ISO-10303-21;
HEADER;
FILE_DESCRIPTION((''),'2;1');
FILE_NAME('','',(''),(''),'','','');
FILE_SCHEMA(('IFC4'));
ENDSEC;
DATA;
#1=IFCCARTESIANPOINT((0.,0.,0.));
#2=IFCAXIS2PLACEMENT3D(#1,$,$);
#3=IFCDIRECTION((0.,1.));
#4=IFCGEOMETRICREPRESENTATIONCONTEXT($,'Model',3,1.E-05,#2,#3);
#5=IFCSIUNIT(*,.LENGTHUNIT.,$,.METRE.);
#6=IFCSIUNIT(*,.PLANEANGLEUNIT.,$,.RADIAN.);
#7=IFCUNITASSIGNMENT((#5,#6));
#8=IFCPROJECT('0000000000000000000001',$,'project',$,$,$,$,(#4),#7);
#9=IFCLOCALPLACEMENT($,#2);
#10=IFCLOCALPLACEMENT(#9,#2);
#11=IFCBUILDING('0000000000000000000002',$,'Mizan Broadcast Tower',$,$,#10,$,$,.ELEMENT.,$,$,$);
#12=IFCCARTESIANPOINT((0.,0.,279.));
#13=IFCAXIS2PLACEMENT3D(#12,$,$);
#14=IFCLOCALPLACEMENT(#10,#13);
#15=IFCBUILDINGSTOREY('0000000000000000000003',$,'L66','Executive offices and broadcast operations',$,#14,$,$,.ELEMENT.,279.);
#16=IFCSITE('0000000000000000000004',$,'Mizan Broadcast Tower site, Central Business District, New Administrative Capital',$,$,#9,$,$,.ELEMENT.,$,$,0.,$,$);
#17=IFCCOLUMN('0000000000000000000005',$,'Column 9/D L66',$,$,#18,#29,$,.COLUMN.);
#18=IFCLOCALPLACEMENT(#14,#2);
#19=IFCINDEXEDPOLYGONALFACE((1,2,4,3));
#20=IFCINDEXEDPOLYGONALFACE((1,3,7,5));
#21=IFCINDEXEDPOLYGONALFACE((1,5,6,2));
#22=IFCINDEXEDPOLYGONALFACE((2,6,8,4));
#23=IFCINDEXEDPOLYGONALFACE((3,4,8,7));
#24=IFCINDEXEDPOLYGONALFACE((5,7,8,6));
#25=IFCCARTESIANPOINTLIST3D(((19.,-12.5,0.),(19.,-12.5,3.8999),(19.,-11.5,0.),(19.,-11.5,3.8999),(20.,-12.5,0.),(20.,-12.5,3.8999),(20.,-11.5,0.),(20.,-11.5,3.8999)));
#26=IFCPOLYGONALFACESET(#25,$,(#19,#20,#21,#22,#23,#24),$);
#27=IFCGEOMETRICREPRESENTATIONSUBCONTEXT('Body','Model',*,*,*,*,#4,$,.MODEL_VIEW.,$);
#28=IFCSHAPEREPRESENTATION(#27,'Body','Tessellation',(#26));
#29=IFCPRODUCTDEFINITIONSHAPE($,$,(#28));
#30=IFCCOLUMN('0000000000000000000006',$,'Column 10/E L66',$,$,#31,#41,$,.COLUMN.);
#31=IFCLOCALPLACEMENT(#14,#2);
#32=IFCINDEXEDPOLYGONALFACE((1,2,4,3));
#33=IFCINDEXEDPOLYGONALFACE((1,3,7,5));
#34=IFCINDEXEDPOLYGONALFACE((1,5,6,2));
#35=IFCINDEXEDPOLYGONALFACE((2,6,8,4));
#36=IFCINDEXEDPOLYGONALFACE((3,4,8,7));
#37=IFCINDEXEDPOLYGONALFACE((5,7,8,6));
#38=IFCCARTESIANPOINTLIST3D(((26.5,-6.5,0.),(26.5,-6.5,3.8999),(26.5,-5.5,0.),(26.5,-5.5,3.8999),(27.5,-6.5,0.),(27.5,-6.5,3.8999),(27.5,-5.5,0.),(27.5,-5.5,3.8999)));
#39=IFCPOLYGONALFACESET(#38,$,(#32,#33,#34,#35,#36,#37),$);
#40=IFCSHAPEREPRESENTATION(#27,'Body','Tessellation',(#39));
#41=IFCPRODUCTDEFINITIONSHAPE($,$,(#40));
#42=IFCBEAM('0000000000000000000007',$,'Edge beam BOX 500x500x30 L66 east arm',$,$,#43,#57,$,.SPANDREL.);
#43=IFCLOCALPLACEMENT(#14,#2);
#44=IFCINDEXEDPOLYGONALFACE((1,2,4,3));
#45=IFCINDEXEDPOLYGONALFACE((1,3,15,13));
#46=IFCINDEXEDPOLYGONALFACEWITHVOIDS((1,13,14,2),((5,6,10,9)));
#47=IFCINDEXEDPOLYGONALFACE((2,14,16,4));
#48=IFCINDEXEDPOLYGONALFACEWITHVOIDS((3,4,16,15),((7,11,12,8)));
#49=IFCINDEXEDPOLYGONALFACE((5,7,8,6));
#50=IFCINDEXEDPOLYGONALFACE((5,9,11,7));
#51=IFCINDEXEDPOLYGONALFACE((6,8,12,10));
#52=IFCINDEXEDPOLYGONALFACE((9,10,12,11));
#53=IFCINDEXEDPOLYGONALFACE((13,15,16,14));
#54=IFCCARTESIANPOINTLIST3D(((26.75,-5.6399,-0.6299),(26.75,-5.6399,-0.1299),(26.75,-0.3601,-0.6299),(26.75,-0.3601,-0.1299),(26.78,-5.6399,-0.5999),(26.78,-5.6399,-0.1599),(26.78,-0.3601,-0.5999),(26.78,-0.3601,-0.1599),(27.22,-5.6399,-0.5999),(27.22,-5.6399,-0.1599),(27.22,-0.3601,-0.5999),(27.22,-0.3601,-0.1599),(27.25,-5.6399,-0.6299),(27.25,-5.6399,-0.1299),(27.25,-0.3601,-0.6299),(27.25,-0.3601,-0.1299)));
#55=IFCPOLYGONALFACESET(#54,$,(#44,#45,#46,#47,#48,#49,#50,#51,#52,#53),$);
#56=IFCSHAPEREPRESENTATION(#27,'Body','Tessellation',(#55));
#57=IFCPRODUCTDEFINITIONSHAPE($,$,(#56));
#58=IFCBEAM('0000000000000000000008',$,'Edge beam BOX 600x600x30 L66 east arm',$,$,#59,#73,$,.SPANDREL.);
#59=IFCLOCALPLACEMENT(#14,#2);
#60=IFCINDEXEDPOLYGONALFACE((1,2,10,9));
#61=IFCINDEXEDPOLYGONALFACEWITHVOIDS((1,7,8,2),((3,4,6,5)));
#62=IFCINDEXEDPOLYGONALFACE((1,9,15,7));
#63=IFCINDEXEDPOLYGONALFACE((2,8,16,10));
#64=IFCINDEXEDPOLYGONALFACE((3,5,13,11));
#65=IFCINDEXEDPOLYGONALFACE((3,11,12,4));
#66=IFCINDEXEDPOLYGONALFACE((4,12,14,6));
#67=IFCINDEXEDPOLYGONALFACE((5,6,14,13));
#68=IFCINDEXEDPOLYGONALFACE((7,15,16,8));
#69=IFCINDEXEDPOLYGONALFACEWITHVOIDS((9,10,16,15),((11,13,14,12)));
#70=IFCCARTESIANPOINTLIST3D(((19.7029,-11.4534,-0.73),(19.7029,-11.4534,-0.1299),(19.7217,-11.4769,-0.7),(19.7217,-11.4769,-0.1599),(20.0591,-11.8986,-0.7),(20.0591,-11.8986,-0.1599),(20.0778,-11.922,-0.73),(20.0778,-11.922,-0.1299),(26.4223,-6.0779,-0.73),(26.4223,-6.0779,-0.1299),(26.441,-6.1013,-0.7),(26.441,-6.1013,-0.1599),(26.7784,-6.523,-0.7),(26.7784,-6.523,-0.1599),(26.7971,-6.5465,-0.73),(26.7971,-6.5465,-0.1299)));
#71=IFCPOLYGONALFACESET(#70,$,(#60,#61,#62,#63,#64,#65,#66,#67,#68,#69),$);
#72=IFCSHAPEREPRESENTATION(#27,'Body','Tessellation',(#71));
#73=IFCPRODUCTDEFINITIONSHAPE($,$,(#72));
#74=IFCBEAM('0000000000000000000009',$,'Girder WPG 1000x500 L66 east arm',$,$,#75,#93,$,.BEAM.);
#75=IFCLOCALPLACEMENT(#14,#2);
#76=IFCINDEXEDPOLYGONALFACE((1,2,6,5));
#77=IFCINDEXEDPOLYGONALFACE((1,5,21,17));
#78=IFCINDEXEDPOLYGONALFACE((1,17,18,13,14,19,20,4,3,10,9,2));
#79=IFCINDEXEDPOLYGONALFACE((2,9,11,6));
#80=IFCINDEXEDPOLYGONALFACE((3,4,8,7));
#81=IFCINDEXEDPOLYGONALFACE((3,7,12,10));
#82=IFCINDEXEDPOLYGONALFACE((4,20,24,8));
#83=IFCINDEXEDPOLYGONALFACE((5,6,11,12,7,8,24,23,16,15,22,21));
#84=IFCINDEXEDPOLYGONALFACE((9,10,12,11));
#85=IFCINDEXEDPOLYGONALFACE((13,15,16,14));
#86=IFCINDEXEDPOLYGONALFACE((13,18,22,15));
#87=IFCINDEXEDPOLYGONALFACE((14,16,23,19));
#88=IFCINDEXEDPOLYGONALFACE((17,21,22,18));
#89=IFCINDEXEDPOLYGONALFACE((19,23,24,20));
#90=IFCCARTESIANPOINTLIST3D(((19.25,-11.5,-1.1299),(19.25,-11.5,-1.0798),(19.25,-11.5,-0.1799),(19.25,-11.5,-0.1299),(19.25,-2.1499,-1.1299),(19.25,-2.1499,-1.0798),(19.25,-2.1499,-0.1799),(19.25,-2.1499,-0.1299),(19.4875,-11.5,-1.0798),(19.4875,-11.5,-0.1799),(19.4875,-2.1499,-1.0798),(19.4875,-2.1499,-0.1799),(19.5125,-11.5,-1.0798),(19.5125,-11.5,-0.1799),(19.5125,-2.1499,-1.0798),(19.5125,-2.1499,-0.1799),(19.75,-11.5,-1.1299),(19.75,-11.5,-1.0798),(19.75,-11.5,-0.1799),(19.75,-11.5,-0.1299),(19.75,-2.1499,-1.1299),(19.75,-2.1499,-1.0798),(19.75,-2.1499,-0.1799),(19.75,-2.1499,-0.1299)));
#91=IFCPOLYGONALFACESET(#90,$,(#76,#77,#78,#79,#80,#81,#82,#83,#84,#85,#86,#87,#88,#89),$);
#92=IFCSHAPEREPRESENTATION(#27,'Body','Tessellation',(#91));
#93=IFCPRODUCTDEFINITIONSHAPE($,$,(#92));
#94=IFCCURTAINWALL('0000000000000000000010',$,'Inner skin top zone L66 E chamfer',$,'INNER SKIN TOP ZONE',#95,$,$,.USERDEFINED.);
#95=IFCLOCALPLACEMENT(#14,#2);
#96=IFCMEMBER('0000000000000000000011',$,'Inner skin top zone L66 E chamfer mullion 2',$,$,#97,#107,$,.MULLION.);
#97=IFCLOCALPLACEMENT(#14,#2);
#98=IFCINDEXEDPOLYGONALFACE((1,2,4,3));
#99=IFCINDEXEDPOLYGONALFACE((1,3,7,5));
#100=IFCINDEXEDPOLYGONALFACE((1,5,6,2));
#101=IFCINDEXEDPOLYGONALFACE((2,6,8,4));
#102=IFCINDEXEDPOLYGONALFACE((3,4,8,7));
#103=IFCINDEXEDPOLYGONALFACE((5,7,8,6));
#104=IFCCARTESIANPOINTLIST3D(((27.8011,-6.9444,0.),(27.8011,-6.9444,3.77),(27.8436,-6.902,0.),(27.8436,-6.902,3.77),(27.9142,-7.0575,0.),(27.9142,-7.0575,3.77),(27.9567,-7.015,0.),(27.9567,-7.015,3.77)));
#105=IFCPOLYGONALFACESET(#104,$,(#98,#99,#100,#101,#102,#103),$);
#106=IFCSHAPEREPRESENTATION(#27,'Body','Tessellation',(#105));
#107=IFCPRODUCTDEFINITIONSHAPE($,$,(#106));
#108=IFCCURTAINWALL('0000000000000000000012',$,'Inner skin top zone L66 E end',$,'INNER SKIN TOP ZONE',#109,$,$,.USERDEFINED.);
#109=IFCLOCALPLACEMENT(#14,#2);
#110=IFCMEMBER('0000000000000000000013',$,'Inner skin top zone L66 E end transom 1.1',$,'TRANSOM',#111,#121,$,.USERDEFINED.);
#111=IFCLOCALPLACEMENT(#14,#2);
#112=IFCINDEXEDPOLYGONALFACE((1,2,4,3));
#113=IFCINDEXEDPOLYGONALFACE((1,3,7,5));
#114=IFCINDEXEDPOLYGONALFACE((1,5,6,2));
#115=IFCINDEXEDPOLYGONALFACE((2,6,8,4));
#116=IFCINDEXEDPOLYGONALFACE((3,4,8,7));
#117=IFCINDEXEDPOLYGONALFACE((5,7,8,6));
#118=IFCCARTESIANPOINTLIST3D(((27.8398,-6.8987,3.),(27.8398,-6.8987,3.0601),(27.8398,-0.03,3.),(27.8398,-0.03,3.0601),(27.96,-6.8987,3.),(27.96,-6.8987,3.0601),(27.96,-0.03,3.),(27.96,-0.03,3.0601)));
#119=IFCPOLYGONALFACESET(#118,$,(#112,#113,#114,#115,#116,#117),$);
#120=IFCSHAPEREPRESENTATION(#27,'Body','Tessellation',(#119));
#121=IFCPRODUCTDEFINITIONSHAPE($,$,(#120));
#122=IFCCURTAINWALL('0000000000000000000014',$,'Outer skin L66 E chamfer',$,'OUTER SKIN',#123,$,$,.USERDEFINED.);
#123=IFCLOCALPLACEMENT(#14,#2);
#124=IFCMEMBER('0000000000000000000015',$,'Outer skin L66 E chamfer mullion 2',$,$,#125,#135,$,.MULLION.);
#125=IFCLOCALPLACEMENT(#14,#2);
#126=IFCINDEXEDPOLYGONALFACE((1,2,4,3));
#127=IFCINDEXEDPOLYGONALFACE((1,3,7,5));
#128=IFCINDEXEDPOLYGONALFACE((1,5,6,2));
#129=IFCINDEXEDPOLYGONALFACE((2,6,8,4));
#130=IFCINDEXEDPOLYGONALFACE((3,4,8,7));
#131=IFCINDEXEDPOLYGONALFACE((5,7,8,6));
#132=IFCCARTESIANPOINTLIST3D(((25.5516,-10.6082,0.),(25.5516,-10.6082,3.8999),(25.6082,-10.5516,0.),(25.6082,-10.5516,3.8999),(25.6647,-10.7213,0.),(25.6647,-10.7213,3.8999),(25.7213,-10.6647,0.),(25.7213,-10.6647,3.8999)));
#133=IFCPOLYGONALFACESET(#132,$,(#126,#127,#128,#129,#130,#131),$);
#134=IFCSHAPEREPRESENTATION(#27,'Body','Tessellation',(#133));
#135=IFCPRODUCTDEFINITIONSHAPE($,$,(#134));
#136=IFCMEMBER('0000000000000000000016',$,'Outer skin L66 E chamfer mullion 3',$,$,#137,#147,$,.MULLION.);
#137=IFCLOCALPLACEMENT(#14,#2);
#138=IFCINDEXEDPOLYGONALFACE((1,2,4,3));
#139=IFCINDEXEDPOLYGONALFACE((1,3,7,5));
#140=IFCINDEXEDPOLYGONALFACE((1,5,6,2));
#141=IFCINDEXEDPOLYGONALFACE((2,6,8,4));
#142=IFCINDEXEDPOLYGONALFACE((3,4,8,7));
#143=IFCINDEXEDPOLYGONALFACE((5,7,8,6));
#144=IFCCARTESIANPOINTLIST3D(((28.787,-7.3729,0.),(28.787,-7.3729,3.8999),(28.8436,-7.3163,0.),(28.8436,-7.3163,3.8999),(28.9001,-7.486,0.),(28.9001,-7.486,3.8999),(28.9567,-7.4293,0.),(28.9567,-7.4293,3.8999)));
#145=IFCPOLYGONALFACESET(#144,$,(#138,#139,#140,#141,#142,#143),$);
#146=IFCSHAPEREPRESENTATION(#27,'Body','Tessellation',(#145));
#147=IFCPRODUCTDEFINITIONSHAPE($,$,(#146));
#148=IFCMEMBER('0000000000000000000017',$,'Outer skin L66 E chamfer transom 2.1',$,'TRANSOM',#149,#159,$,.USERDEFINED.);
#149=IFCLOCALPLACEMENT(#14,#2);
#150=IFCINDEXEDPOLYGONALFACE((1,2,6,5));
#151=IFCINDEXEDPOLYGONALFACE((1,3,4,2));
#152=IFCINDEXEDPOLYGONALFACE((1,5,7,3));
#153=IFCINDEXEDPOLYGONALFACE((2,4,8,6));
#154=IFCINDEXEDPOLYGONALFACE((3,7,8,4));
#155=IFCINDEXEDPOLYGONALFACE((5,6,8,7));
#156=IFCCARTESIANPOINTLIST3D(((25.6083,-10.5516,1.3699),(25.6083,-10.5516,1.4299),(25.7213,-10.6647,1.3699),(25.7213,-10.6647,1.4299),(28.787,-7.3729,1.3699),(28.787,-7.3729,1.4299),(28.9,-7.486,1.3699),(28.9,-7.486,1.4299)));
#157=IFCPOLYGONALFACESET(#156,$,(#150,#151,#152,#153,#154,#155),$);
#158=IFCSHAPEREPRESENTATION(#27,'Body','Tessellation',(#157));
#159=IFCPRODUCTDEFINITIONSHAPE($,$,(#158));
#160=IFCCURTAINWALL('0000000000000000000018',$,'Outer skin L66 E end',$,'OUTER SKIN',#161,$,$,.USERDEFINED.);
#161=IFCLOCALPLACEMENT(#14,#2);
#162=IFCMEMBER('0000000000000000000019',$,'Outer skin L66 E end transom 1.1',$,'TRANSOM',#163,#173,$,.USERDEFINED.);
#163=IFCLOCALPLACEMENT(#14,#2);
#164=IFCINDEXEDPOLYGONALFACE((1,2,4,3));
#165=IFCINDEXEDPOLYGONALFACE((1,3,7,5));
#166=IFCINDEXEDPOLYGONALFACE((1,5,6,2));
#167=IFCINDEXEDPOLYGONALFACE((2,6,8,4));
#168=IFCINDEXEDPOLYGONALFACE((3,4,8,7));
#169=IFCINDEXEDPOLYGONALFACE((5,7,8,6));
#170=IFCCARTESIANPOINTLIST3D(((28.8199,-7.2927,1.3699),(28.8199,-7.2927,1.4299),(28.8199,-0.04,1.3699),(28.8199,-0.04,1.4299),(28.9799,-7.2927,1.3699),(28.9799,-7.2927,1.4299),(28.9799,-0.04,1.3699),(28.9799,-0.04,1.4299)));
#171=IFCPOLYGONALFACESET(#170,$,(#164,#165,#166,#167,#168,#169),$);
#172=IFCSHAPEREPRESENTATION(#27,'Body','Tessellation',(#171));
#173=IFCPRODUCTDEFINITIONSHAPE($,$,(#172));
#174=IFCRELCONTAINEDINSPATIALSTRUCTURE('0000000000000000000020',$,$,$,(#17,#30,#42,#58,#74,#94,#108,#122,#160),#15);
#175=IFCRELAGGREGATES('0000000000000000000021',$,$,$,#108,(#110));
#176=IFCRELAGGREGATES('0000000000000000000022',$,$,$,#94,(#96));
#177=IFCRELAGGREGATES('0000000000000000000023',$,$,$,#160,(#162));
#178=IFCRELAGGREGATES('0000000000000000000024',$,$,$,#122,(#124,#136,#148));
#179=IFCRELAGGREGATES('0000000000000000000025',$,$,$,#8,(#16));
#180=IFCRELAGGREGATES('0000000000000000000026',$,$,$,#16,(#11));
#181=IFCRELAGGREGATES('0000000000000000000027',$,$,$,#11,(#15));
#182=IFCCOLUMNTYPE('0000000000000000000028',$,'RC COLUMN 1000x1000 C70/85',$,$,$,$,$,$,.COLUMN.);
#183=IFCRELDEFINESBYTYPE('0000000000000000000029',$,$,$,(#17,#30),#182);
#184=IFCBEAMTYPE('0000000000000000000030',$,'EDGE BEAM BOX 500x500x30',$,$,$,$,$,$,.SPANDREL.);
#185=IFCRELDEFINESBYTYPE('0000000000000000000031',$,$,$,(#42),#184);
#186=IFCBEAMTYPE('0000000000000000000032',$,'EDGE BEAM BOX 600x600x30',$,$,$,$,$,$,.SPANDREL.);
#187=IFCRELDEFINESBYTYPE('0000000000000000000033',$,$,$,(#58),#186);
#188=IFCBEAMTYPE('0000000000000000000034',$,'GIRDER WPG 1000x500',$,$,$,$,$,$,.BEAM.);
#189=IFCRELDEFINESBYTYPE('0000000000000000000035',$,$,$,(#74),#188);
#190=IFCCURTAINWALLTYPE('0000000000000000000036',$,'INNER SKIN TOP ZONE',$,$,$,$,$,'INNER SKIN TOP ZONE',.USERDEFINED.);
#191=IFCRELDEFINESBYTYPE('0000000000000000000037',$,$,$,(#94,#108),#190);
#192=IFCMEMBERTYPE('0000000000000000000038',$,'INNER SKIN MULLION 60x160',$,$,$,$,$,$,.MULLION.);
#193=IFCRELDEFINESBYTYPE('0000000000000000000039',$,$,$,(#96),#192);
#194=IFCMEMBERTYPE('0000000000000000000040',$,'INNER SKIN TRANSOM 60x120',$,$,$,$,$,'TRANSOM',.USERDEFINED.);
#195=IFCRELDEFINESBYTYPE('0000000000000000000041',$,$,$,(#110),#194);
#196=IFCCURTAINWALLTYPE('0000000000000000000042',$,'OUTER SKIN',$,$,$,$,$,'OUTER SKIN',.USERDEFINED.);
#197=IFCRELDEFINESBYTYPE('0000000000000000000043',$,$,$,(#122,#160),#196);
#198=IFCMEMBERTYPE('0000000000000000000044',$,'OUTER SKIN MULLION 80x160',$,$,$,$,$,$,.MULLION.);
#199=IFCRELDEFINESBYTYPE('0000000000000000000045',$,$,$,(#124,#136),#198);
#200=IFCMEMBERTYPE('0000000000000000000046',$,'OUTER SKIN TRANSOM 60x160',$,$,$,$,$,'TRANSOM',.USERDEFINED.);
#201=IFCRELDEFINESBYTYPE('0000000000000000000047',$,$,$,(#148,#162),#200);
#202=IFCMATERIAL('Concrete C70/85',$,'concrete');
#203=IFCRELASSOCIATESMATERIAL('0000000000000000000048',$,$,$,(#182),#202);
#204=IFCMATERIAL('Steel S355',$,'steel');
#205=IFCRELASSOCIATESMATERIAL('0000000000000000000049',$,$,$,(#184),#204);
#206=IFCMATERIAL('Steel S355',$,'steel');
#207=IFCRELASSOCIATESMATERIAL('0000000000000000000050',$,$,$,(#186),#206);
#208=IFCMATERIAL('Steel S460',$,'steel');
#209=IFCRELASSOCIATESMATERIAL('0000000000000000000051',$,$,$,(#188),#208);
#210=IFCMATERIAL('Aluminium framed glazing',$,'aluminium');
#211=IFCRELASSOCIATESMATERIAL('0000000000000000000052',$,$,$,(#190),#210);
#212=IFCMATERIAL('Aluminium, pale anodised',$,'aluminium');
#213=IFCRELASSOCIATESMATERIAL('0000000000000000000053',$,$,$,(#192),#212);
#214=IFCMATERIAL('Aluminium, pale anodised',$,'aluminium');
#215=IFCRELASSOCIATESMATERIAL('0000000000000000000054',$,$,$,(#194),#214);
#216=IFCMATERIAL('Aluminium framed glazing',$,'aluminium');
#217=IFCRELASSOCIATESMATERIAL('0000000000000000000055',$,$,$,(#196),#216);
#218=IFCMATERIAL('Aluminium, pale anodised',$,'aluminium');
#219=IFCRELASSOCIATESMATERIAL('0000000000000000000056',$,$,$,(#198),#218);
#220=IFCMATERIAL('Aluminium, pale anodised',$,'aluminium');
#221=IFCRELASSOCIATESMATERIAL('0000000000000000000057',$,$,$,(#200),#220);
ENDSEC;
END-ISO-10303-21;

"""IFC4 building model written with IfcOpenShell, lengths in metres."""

from ifc_helpers import new_model, si_unit, direction, frame, origin, origin_2d, place, context, subcontext, project, spatial, rectangle, hollow_rectangle, i_section, extrude, material, material_profile, profile_set, type_object, element, aggregate, save


model = new_model("IFC4")

# Units and contexts
model_context = context("Model", 3, precision=1e-05, world=origin(), true_north=direction((0.0, 1.0)))
body_context = subcontext(model_context, "Body", "Model", "MODEL_VIEW")
ifc_project = project(units=[si_unit("LENGTHUNIT", "METRE"), si_unit("PLANEANGLEUNIT", "RADIAN")], contexts=[model_context])

# Site, building, storey
site_placement = place(None, origin())
site = spatial("IfcSite", under=ifc_project, at=site_placement, Name="Mizan Broadcast Tower site, Central Business District, New Administrative Capital", CompositionType="ELEMENT", RefElevation=0.0)
building_placement = place(site_placement, origin())
building = spatial("IfcBuilding", under=site, at=building_placement, Name="Mizan Broadcast Tower", CompositionType="ELEMENT")
storey_placement = place(building_placement, frame((0.0, 0.0, 279.0)))
storey = spatial("IfcBuildingStorey", under=building, at=storey_placement, Name="L66", Description="Executive offices and broadcast operations", CompositionType="ELEMENT", Elevation=279.0)

# Columns
ifc_material_1 = material(Name="Concrete C70/85", Category="concrete")
ifc_material_profile_1 = material_profile(ifc_material_1, rectangle(XDim=1.0, YDim=1.0, at=origin_2d()), Name="RC 1000x1000")
ifc_profile_set_1 = profile_set([ifc_material_profile_1], Name="Concrete C70/85")
column_type = type_object("IfcColumnType", Name="RC COLUMN 1000x1000 C70/85", PredefinedType="COLUMN", material=ifc_profile_set_1)
for number, where, z_axis, x_axis, name in (
    (1, (19.5, -12.0, 0.0), (0.0, 0.0, 1.0), (1.0, 0.0, 0.0), "Column 9/D L66"),
    (2, (27.0, -6.0, 0.0), (0.0, 0.0, 1.0), (1.0, 0.0, 0.0), "Column 10/E L66"),
):
    element("IfcColumn", number, at=place(storey_placement, frame(where, z_axis=z_axis, x_axis=x_axis)), inside=storey, type_object=column_type, Name=name, PredefinedType="COLUMN", context=body_context, shape_type="SweptSolid", body=[
        extrude(rectangle(XDim=1.0, YDim=1.0, at=origin_2d()), origin(), (0.0, 0.0, 1.0), 3.8999),
    ])

# Beams
ifc_material_2 = material(Name="Steel S355", Category="steel")
ifc_material_profile_2 = material_profile(ifc_material_2, hollow_rectangle(XDim=0.5, YDim=0.5, WallThickness=0.03, at=origin_2d()), Name="BOX 500x500x30")
ifc_profile_set_2 = profile_set([ifc_material_profile_2], Name="Steel S355")
beam_type_1 = type_object("IfcBeamType", Name="EDGE BEAM BOX 500x500x30", PredefinedType="SPANDREL", material=ifc_profile_set_2)
beam_1_placement = place(storey_placement, frame((27.0, -5.6399, -0.3799), z_axis=(0.0, 1.0, 0.0), x_axis=(-1.0, 0.0, 0.0)))
element("IfcBeam", 3, at=beam_1_placement, inside=storey, type_object=beam_type_1, Name="Edge beam BOX 500x500x30 L66 east arm", PredefinedType="SPANDREL", context=body_context, shape_type="SweptSolid", body=[
    extrude(hollow_rectangle(XDim=0.5, YDim=0.5, WallThickness=0.03, at=origin_2d()), origin(), (0.0, 0.0, 1.0), 5.2798),
])
ifc_material_3 = material(Name="Steel S355", Category="steel")
ifc_material_profile_3 = material_profile(ifc_material_3, hollow_rectangle(XDim=0.6001, YDim=0.6001, WallThickness=0.03, at=origin_2d()), Name="BOX 600x600x30")
ifc_profile_set_3 = profile_set([ifc_material_profile_3], Name="Steel S355")
beam_type_2 = type_object("IfcBeamType", Name="EDGE BEAM BOX 600x600x30", PredefinedType="SPANDREL", material=ifc_profile_set_3)
beam_2_placement = place(storey_placement, frame((19.8904, -11.6877, -0.4299), z_axis=(0.780863, 0.624702, 0.0), x_axis=(-0.624702, 0.780863, 0.0)))
element("IfcBeam", 4, at=beam_2_placement, inside=storey, type_object=beam_type_2, Name="Edge beam BOX 600x600x30 L66 east arm", PredefinedType="SPANDREL", context=body_context, shape_type="SweptSolid", body=[
    extrude(hollow_rectangle(XDim=0.6001, YDim=0.6001, WallThickness=0.03, at=origin_2d()), origin(), (0.0, 0.0, 1.0), 8.605),
])
ifc_material_4 = material(Name="Steel S460", Category="steel")
ifc_material_profile_4 = material_profile(ifc_material_4, i_section(OverallWidth=0.5, OverallDepth=1.0, WebThickness=0.0249, FlangeThickness=0.05, at=origin_2d()), Name="WPG 1000x500")
ifc_profile_set_4 = profile_set([ifc_material_profile_4], Name="Steel S460")
beam_type_3 = type_object("IfcBeamType", Name="GIRDER WPG 1000x500", PredefinedType="BEAM", material=ifc_profile_set_4)
beam_3_placement = place(storey_placement, frame((19.5, -11.5, -0.6299), z_axis=(0.0, 1.0, 0.0), x_axis=(-1.0, 0.0, 0.0)))
element("IfcBeam", 5, at=beam_3_placement, inside=storey, type_object=beam_type_3, Name="Girder WPG 1000x500 L66 east arm", PredefinedType="BEAM", context=body_context, shape_type="SweptSolid", body=[
    extrude(i_section(OverallWidth=0.5, OverallDepth=1.0, WebThickness=0.0249, FlangeThickness=0.05, at=origin_2d()), origin(), (0.0, 0.0, 1.0), 9.3501),
])

# Curtain walls, members
ifc_material_5 = material(Name="Aluminium framed glazing", Category="aluminium")
curtain_wall_type_1 = type_object("IfcCurtainWallType", Name="INNER SKIN TOP ZONE", ElementType="INNER SKIN TOP ZONE", PredefinedType="USERDEFINED", material=ifc_material_5)
curtain_wall_1_placement = place(storey_placement, origin())
curtain_wall_1 = element("IfcCurtainWall", 6, at=curtain_wall_1_placement, inside=storey, type_object=curtain_wall_type_1, Name="Inner skin top zone L66 E chamfer", ObjectType="INNER SKIN TOP ZONE", PredefinedType="USERDEFINED")
ifc_material_6 = material(Name="Aluminium, pale anodised", Category="aluminium")
ifc_material_profile_5 = material_profile(ifc_material_6, rectangle(XDim=0.1599, YDim=0.0601, at=origin_2d()), Name="MULLION 160x60")
ifc_profile_set_5 = profile_set([ifc_material_profile_5], Name="Aluminium, pale anodised")
member_type_1 = type_object("IfcMemberType", Name="INNER SKIN MULLION 60x160", PredefinedType="MULLION", material=ifc_profile_set_5)
member_1_placement = place(storey_placement, frame((27.8789, -6.9797, 0.0), z_axis=(0.0, 0.0, 1.0), x_axis=(-0.707107, 0.707107, 0.0)))
member_1 = element("IfcMember", 7, at=member_1_placement, type_object=member_type_1, Name="Inner skin top zone L66 E chamfer mullion 2", PredefinedType="MULLION", context=body_context, shape_type="SweptSolid", body=[
    extrude(rectangle(XDim=0.1599, YDim=0.0601, at=origin_2d()), origin(), (0.0, 0.0, 1.0), 3.77),
])
curtain_wall_2_placement = place(storey_placement, origin())
curtain_wall_2 = element("IfcCurtainWall", 8, at=curtain_wall_2_placement, inside=storey, type_object=curtain_wall_type_1, Name="Inner skin top zone L66 E end", ObjectType="INNER SKIN TOP ZONE", PredefinedType="USERDEFINED")
ifc_material_7 = material(Name="Aluminium, pale anodised", Category="aluminium")
ifc_material_profile_6 = material_profile(ifc_material_7, rectangle(XDim=0.1201, YDim=0.0601, at=origin_2d()), Name="TRANSOM 120x60")
ifc_profile_set_6 = profile_set([ifc_material_profile_6], Name="Aluminium, pale anodised")
member_type_2 = type_object("IfcMemberType", Name="INNER SKIN TRANSOM 60x120", ElementType="TRANSOM", PredefinedType="USERDEFINED", material=ifc_profile_set_6)
member_2_placement = place(storey_placement, frame((27.8999, -6.8987, 3.03), z_axis=(0.0, 1.0, 0.0), x_axis=(-1.0, 0.0, 0.0)))
member_2 = element("IfcMember", 9, at=member_2_placement, type_object=member_type_2, Name="Inner skin top zone L66 E end transom 1.1", ObjectType="TRANSOM", PredefinedType="USERDEFINED", context=body_context, shape_type="SweptSolid", body=[
    extrude(rectangle(XDim=0.1201, YDim=0.0601, at=origin_2d()), origin(), (0.0, 0.0, 1.0), 6.8687),
])
aggregate(curtain_wall_2, [member_2])

# Curtain wall, members
ifc_material_8 = material(Name="Aluminium framed glazing", Category="aluminium")
curtain_wall_type_2 = type_object("IfcCurtainWallType", Name="OUTER SKIN", ElementType="OUTER SKIN", PredefinedType="USERDEFINED", material=ifc_material_8)
curtain_wall_3_placement = place(storey_placement, origin())
curtain_wall_3 = element("IfcCurtainWall", 10, at=curtain_wall_3_placement, inside=storey, type_object=curtain_wall_type_2, Name="Outer skin L66 E chamfer", ObjectType="OUTER SKIN", PredefinedType="USERDEFINED")
ifc_material_9 = material(Name="Aluminium, pale anodised", Category="aluminium")
ifc_material_profile_7 = material_profile(ifc_material_9, rectangle(XDim=0.1599, YDim=0.0801, at=origin_2d()), Name="MULLION 160x80")
ifc_profile_set_7 = profile_set([ifc_material_profile_7], Name="Aluminium, pale anodised")
member_type_3 = type_object("IfcMemberType", Name="OUTER SKIN MULLION 80x160", PredefinedType="MULLION", material=ifc_profile_set_7)
member_3_placement = place(storey_placement, frame((25.6365, -10.6365, 0.0), z_axis=(0.0, 0.0, 1.0), x_axis=(-0.707107, 0.707107, 0.0)))
member_3 = element("IfcMember", 11, at=member_3_placement, type_object=member_type_3, Name="Outer skin L66 E chamfer mullion 2", PredefinedType="MULLION", context=body_context, shape_type="SweptSolid", body=[
    extrude(rectangle(XDim=0.1599, YDim=0.0801, at=origin_2d()), origin(), (0.0, 0.0, 1.0), 3.8999),
])
member_4_placement = place(storey_placement, frame((28.8718, -7.4011, 0.0), z_axis=(0.0, 0.0, 1.0), x_axis=(-0.707107, 0.707107, 0.0)))
member_4 = element("IfcMember", 12, at=member_4_placement, type_object=member_type_3, Name="Outer skin L66 E chamfer mullion 3", PredefinedType="MULLION", context=body_context, shape_type="SweptSolid", body=[
    extrude(rectangle(XDim=0.1599, YDim=0.0801, at=origin_2d()), origin(), (0.0, 0.0, 1.0), 3.8999),
])
ifc_material_10 = material(Name="Aluminium, pale anodised", Category="aluminium")
ifc_material_profile_8 = material_profile(ifc_material_10, rectangle(XDim=0.1599, YDim=0.0601, at=origin_2d()), Name="TRANSOM 160x60")
ifc_profile_set_8 = profile_set([ifc_material_profile_8], Name="Aluminium, pale anodised")
member_type_4 = type_object("IfcMemberType", Name="OUTER SKIN TRANSOM 60x160", ElementType="TRANSOM", PredefinedType="USERDEFINED", material=ifc_profile_set_8)
member_5_placement = place(storey_placement, frame((25.6648, -10.6082, 1.3999), z_axis=(0.707107, 0.707107, 0.0), x_axis=(-0.707107, 0.707107, 0.0)))
member_5 = element("IfcMember", 13, at=member_5_placement, type_object=member_type_4, Name="Outer skin L66 E chamfer transom 2.1", ObjectType="TRANSOM", PredefinedType="USERDEFINED", context=body_context, shape_type="SweptSolid", body=[
    extrude(rectangle(XDim=0.1599, YDim=0.0601, at=origin_2d()), origin(), (0.0, 0.0, 1.0), 4.4954),
])

# Curtain wall, member
curtain_wall_4_placement = place(storey_placement, origin())
curtain_wall_4 = element("IfcCurtainWall", 14, at=curtain_wall_4_placement, inside=storey, type_object=curtain_wall_type_2, Name="Outer skin L66 E end", ObjectType="OUTER SKIN", PredefinedType="USERDEFINED")
member_6_placement = place(storey_placement, frame((28.8999, -7.2927, 1.3999), z_axis=(0.0, 1.0, 0.0), x_axis=(-1.0, 0.0, 0.0)))
member_6 = element("IfcMember", 15, at=member_6_placement, type_object=member_type_4, Name="Outer skin L66 E end transom 1.1", ObjectType="TRANSOM", PredefinedType="USERDEFINED", context=body_context, shape_type="SweptSolid", body=[
    extrude(rectangle(XDim=0.1599, YDim=0.0601, at=origin_2d()), origin(), (0.0, 0.0, 1.0), 7.2527),
])

aggregate(curtain_wall_1, [member_1])
aggregate(curtain_wall_4, [member_6])
aggregate(curtain_wall_3, [member_3, member_4, member_5])

save(model, "model.ifc")
